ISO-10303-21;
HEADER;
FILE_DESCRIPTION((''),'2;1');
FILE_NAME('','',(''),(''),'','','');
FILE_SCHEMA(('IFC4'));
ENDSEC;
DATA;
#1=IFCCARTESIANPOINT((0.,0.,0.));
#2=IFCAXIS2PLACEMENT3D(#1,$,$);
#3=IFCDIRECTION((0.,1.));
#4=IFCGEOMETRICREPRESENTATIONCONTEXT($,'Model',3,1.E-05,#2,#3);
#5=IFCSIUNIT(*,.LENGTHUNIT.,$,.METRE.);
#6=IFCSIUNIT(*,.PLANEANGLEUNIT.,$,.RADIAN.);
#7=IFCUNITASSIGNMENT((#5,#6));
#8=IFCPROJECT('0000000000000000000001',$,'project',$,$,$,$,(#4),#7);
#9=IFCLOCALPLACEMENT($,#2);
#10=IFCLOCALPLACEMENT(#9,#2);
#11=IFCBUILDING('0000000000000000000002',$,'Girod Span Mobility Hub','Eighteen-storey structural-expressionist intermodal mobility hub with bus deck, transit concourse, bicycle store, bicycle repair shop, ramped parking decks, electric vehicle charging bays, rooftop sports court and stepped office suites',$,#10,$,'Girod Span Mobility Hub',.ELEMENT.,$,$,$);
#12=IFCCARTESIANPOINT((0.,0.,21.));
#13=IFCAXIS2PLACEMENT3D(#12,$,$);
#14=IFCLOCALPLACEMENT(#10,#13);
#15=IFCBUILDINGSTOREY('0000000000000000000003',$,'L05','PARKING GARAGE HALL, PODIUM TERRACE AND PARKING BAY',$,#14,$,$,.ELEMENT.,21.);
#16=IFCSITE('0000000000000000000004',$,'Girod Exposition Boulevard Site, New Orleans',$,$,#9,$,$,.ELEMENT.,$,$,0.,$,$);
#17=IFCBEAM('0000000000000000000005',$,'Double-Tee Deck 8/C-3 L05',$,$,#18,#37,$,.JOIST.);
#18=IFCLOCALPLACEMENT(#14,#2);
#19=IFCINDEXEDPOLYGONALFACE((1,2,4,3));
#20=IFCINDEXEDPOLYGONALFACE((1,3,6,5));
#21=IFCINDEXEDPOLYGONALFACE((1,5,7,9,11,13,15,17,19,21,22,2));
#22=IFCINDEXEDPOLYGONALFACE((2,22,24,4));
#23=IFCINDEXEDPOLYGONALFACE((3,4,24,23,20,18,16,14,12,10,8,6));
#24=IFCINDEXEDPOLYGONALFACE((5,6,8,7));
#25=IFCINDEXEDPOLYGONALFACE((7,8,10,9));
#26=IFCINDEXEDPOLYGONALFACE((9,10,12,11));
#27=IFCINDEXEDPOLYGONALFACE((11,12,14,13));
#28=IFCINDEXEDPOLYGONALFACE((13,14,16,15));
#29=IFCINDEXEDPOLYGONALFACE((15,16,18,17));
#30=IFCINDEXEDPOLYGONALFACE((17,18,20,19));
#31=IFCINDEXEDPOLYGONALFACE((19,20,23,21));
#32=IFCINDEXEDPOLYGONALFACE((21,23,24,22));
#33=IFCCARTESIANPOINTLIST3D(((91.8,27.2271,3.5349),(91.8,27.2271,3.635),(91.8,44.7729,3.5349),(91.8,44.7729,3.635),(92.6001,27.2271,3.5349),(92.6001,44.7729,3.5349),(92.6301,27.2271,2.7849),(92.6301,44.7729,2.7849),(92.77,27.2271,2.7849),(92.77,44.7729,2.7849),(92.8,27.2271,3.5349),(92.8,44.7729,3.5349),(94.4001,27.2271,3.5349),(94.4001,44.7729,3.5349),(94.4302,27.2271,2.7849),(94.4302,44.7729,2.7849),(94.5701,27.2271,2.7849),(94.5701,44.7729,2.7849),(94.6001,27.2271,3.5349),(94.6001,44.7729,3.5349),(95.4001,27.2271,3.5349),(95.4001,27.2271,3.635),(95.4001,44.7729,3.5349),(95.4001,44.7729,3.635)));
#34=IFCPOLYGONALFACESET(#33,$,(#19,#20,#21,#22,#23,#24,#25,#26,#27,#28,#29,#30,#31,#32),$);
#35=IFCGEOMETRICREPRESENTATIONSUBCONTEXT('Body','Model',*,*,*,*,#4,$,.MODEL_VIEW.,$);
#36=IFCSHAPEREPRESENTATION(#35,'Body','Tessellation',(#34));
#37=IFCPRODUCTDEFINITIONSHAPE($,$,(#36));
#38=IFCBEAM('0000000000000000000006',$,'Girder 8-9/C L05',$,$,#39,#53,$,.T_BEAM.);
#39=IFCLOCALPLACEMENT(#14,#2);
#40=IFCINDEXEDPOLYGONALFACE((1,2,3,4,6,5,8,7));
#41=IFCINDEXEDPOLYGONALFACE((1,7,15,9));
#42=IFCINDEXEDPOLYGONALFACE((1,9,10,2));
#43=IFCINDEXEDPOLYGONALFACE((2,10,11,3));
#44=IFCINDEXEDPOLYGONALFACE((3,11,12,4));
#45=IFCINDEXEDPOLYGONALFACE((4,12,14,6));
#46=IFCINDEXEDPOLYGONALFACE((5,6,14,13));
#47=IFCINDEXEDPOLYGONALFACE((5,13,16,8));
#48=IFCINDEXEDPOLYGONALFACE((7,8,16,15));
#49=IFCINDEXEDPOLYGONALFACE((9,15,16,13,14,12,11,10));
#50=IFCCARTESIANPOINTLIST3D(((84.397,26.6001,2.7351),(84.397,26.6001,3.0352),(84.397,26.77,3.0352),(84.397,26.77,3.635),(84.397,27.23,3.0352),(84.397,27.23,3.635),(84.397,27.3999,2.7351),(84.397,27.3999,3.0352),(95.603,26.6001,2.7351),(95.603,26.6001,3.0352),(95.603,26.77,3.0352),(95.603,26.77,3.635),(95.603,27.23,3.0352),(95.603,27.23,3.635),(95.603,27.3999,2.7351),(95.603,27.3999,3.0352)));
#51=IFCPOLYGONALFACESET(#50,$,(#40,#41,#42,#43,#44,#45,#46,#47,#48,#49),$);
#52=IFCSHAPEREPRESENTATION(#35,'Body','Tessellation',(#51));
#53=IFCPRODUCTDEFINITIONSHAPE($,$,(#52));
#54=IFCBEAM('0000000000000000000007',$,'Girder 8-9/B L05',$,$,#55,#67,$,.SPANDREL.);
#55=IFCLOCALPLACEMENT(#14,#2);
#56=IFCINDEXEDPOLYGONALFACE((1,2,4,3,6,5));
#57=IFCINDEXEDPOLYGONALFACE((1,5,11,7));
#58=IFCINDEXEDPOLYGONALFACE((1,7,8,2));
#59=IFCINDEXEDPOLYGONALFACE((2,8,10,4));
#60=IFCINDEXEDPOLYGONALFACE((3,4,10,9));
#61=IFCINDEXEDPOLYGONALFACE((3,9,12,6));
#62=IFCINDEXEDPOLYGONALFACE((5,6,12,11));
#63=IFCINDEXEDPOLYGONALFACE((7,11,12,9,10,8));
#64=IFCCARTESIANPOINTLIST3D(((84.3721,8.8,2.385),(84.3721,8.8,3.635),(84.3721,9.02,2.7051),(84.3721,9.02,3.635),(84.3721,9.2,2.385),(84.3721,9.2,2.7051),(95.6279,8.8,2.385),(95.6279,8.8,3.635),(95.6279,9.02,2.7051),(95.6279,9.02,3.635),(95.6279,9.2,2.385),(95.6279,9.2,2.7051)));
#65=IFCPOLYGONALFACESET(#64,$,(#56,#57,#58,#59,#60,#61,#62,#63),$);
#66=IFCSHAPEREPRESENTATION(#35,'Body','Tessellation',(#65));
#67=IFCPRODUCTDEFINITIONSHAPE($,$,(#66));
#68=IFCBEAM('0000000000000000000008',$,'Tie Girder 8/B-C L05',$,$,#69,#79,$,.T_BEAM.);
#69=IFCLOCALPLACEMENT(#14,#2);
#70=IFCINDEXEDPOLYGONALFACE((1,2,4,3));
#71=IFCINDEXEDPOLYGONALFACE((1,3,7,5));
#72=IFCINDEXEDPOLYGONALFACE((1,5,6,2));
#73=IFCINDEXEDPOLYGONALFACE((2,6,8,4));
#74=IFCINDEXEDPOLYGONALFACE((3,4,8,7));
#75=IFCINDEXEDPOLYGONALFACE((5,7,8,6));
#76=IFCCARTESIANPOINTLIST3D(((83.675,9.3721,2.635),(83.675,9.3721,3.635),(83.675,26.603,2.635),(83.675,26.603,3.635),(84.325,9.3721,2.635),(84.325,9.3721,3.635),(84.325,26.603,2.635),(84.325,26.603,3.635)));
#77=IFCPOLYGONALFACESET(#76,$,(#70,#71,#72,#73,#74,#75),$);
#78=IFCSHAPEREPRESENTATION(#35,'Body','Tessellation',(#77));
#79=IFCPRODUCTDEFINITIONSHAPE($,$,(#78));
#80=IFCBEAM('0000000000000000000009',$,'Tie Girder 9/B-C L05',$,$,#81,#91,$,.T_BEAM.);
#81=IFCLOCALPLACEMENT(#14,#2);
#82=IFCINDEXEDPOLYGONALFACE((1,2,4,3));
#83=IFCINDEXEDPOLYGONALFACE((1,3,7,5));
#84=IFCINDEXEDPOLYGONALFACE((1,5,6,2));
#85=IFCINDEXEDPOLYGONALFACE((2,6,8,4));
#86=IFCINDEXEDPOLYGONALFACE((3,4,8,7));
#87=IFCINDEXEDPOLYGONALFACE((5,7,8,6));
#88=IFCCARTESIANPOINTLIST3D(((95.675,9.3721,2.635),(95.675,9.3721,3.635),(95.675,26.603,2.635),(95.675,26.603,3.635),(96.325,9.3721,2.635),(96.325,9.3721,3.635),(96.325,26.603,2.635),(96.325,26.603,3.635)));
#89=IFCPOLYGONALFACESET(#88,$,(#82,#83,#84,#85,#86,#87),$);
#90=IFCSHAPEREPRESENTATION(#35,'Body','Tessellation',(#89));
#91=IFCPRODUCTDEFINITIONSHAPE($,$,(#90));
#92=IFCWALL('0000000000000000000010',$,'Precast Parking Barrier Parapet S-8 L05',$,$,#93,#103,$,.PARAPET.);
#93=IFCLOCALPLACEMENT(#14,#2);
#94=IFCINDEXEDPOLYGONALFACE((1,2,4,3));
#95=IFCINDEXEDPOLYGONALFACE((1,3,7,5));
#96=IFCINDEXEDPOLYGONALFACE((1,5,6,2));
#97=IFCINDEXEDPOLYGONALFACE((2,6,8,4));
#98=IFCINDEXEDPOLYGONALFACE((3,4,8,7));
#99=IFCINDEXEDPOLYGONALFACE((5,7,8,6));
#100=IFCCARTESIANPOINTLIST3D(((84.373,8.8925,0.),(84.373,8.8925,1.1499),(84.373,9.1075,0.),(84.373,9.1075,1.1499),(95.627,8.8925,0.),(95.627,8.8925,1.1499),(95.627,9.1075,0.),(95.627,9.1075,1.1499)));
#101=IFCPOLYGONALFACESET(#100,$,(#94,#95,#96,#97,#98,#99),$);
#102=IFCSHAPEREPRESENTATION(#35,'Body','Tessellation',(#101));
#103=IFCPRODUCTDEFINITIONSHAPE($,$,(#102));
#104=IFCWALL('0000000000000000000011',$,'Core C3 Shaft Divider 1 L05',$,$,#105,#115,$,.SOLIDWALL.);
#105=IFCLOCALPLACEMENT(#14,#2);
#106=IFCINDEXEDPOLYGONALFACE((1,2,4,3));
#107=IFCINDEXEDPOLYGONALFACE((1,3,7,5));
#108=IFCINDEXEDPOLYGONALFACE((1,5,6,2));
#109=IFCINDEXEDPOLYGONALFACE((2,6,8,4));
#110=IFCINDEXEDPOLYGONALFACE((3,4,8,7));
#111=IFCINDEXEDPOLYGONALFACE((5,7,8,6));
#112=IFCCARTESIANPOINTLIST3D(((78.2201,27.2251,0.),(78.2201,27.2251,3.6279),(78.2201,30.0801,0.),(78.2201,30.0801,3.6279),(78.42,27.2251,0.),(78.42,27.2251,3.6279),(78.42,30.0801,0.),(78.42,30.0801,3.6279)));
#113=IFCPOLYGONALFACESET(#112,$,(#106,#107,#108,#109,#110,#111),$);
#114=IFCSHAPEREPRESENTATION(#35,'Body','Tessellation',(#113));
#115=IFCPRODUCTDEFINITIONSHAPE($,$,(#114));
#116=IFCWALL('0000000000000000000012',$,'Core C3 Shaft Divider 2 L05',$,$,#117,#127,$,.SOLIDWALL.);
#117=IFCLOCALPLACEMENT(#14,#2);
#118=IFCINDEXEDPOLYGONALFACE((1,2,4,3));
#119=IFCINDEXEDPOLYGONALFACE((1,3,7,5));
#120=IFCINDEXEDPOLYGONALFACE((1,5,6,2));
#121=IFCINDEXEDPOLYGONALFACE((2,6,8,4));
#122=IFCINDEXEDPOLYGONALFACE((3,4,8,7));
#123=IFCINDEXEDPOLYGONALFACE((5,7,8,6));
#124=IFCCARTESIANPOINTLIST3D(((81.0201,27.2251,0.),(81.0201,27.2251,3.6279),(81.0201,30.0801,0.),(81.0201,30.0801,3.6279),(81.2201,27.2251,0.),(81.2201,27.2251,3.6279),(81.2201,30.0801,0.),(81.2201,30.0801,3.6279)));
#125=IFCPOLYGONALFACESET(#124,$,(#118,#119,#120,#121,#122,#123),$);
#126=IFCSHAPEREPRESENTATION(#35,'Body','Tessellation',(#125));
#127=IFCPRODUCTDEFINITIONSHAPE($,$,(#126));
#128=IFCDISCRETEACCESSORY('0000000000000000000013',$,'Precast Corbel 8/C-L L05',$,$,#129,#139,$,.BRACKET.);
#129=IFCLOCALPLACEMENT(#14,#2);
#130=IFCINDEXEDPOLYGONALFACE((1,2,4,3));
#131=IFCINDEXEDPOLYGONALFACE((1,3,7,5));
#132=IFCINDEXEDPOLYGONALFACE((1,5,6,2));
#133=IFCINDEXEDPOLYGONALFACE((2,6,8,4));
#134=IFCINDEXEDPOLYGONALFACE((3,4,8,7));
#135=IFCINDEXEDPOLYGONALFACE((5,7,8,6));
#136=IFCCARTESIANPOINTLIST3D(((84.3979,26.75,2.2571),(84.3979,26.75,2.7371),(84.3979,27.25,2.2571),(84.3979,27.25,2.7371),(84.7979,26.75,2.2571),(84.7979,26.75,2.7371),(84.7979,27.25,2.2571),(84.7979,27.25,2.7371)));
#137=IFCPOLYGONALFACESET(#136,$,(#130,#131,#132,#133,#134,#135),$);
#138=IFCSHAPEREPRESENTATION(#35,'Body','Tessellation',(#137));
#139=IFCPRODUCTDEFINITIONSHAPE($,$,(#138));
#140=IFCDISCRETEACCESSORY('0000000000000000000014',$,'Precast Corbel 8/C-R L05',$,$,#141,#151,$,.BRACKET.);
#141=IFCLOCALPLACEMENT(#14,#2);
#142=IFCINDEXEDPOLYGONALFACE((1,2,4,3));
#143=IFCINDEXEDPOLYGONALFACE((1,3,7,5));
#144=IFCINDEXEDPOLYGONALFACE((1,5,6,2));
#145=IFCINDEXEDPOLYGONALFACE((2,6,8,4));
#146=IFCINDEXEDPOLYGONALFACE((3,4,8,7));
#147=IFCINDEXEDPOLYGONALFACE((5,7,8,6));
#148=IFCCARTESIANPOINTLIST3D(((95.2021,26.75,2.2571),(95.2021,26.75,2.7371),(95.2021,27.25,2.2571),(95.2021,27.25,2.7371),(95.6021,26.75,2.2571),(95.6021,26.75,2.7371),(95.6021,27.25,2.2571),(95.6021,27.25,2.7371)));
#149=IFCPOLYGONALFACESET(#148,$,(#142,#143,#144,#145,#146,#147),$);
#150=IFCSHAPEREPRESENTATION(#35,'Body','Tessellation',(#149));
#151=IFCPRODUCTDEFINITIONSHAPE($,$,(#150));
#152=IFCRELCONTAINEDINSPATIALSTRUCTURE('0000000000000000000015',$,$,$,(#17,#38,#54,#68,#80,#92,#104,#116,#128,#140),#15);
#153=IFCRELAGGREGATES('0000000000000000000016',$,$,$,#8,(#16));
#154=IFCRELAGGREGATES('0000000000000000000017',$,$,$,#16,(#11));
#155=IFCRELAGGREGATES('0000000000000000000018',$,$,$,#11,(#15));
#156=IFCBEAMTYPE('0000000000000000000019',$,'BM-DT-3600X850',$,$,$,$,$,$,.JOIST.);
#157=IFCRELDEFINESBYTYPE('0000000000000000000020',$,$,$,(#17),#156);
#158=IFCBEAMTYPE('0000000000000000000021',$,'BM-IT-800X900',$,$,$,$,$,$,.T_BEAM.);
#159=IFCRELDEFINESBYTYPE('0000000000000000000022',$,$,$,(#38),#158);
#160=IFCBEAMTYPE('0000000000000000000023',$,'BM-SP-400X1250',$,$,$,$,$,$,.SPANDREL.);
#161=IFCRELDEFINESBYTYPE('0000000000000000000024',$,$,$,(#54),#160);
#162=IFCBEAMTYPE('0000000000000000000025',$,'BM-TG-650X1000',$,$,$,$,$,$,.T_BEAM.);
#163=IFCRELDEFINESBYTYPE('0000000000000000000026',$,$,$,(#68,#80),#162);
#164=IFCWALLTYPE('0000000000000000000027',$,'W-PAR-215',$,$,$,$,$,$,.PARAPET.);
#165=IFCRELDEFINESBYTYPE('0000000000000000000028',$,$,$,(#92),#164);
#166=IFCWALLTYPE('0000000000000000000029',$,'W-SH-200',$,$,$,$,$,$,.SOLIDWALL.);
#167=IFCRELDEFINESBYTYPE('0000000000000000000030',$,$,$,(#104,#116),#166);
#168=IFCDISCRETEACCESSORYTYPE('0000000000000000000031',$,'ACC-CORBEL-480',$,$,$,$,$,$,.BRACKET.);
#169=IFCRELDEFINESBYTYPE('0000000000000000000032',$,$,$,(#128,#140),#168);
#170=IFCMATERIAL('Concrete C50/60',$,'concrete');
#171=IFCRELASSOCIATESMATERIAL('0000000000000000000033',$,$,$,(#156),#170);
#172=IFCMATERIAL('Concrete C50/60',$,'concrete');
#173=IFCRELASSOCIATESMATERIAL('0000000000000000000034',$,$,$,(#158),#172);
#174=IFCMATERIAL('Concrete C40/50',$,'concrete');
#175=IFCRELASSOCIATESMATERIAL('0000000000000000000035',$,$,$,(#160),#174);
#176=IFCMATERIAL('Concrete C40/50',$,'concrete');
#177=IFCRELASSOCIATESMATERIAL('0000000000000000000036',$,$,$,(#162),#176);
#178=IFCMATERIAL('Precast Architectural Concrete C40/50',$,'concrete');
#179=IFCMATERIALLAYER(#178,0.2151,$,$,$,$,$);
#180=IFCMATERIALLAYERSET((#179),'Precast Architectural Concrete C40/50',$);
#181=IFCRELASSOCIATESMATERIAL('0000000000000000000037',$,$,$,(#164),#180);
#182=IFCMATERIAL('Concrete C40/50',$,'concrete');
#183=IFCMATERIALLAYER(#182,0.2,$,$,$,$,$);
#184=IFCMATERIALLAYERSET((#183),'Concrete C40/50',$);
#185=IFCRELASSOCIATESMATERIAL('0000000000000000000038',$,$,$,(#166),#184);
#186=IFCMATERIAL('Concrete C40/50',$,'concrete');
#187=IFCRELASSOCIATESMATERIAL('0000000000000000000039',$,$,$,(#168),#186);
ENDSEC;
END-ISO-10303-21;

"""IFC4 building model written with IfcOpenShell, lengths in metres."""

from ifc_helpers import new_model, si_unit, direction, frame, frame_2d, origin, origin_2d, place, context, subcontext, project, spatial, polyline, rectangle, outline, extrude, material, layer, layer_set, material_profile, profile_set, type_object, element, save


model = new_model("IFC4")

# Units and contexts
model_context = context("Model", 3, precision=1e-05, world=origin(), true_north=direction((0.0, 1.0)))
body_context = subcontext(model_context, "Body", "Model", "MODEL_VIEW")
ifc_project = project(units=[si_unit("LENGTHUNIT", "METRE"), si_unit("PLANEANGLEUNIT", "RADIAN")], contexts=[model_context])

# Site, building, storey
site_placement = place(None, origin())
site = spatial("IfcSite", under=ifc_project, at=site_placement, Name="Girod Exposition Boulevard Site, New Orleans", CompositionType="ELEMENT", RefElevation=0.0)
building_placement = place(site_placement, origin())
building = spatial("IfcBuilding", under=site, at=building_placement, Name="Girod Span Mobility Hub", Description="Eighteen-storey structural-expressionist intermodal mobility hub with bus deck, transit concourse, bicycle store, bicycle repair shop, ramped parking decks, electric vehicle charging bays, rooftop sports court and stepped office suites", LongName="Girod Span Mobility Hub", CompositionType="ELEMENT")
storey_placement = place(building_placement, frame((0.0, 0.0, 21.0)))
storey = spatial("IfcBuildingStorey", under=building, at=storey_placement, Name="L05", Description="PARKING GARAGE HALL, PODIUM TERRACE AND PARKING BAY", CompositionType="ELEMENT", Elevation=21.0)

# Beams
ifc_material_1 = material(Name="Concrete C50/60", Category="concrete")
ifc_material_profile_1 = material_profile(ifc_material_1, outline(polyline([(-1.8, 0.425), (-1.8, 0.325), (-1.0, 0.325), (-0.97, -0.425), (-0.8301, -0.425), (-0.8, 0.325), (0.8, 0.325), (0.8301, -0.425), (0.97, -0.425), (1.0, 0.325), (1.8, 0.325), (1.8, 0.425), (-1.8, 0.425)])), Name="DT-3600X850")
ifc_profile_set_1 = profile_set([ifc_material_profile_1], Name="Concrete C50/60")
beam_type_1 = type_object("IfcBeamType", Name="BM-DT-3600X850", PredefinedType="JOIST", material=ifc_profile_set_1)
for number, where, z_axis, x_axis, name in (
    (1, (93.6001, 27.2271, 3.21), (0.0, 1.0, 0.0), (-1.0, 0.0, 0.0), "Double-Tee Deck 8/C-3 L05"),
):
    element("IfcBeam", number, at=place(storey_placement, frame(where, z_axis=z_axis, x_axis=x_axis)), inside=storey, type_object=beam_type_1, Name=name, PredefinedType="JOIST", context=body_context, shape_type="SweptSolid", body=[
        extrude(outline(polyline([(-1.8, 0.425), (-1.8, 0.325), (-1.0, 0.325), (-0.97, -0.425), (-0.8301, -0.425), (-0.8, 0.325), (0.8, 0.325), (0.8301, -0.425), (0.97, -0.425), (1.0, 0.325), (1.8, 0.325), (1.8, 0.425), (-1.8, 0.425)])), origin(), (0.0, 0.0, 1.0), 17.5459),
    ])
ifc_material_2 = material(Name="Concrete C50/60", Category="concrete")
ifc_material_profile_2 = material_profile(ifc_material_2, outline(polyline([(-0.3999, -0.45), (0.3999, -0.45), (0.3999, -0.1499), (0.23, -0.1499), (0.23, 0.45), (-0.23, 0.45), (-0.23, -0.1499), (-0.3999, -0.1499), (-0.3999, -0.45)])), Name="IT-800X900")
ifc_profile_set_2 = profile_set([ifc_material_profile_2], Name="Concrete C50/60")
beam_type_2 = type_object("IfcBeamType", Name="BM-IT-800X900", PredefinedType="T_BEAM", material=ifc_profile_set_2)
beam_1_placement = place(storey_placement, frame((84.397, 27.0, 3.1851), z_axis=(1.0, 0.0, 0.0), x_axis=(0.0, 1.0, 0.0)))
element("IfcBeam", 2, at=beam_1_placement, inside=storey, type_object=beam_type_2, Name="Girder 8-9/C L05", PredefinedType="T_BEAM", context=body_context, shape_type="SweptSolid", body=[
    extrude(outline(polyline([(-0.3999, -0.45), (0.3999, -0.45), (0.3999, -0.1499), (0.23, -0.1499), (0.23, 0.45), (-0.23, 0.45), (-0.23, -0.1499), (-0.3999, -0.1499), (-0.3999, -0.45)])), origin(), (0.0, 0.0, 1.0), 11.2061),
])
ifc_material_3 = material(Name="Concrete C40/50", Category="concrete")
ifc_material_profile_3 = material_profile(ifc_material_3, outline(polyline([(-0.2, -0.625), (0.2, -0.625), (0.2, -0.3049), (0.02, -0.3049), (0.02, 0.625), (-0.2, 0.625), (-0.2, -0.625)])), Name="SP-400X1250")
ifc_profile_set_3 = profile_set([ifc_material_profile_3], Name="Concrete C40/50")
beam_type_3 = type_object("IfcBeamType", Name="BM-SP-400X1250", PredefinedType="SPANDREL", material=ifc_profile_set_3)
beam_2_placement = place(storey_placement, frame((84.3721, 9.0, 3.01), z_axis=(1.0, 0.0, 0.0), x_axis=(0.0, 1.0, 0.0)))
element("IfcBeam", 3, at=beam_2_placement, inside=storey, type_object=beam_type_3, Name="Girder 8-9/B L05", PredefinedType="SPANDREL", context=body_context, shape_type="SweptSolid", body=[
    extrude(outline(polyline([(-0.2, -0.625), (0.2, -0.625), (0.2, -0.3049), (0.02, -0.3049), (0.02, 0.625), (-0.2, 0.625), (-0.2, -0.625)])), origin(), (0.0, 0.0, 1.0), 11.2559),
])
ifc_material_4 = material(Name="Concrete C40/50", Category="concrete")
ifc_material_profile_4 = material_profile(ifc_material_4, rectangle(XDim=0.6499, YDim=1.0, at=origin_2d()), Name="TG-650X1000")
ifc_profile_set_4 = profile_set([ifc_material_profile_4], Name="Concrete C40/50")
beam_type_4 = type_object("IfcBeamType", Name="BM-TG-650X1000", PredefinedType="T_BEAM", material=ifc_profile_set_4)
for number, where, z_axis, x_axis, name in (
    (4, (84.0, 9.3721, 3.135), (0.0, 1.0, 0.0), (-1.0, 0.0, 0.0), "Tie Girder 8/B-C L05"),
    (5, (96.0, 9.3721, 3.135), (0.0, 1.0, 0.0), (-1.0, 0.0, 0.0), "Tie Girder 9/B-C L05"),
):
    element("IfcBeam", number, at=place(storey_placement, frame(where, z_axis=z_axis, x_axis=x_axis)), inside=storey, type_object=beam_type_4, Name=name, PredefinedType="T_BEAM", context=body_context, shape_type="SweptSolid", body=[
        extrude(rectangle(XDim=0.6499, YDim=1.0, at=origin_2d()), origin(), (0.0, 0.0, 1.0), 17.231),
    ])

# Walls
ifc_material_5 = material(Name="Precast Architectural Concrete C40/50", Category="concrete")
ifc_layer_1 = layer(ifc_material_5, 0.2151)
ifc_layer_set_1 = layer_set([ifc_layer_1], Name="Precast Architectural Concrete C40/50")
wall_type_1 = type_object("IfcWallType", Name="W-PAR-215", PredefinedType="PARAPET", material=ifc_layer_set_1)
wall_placement = place(storey_placement, frame((84.373, 9.0, 0.0), z_axis=(0.0, 0.0, 1.0), x_axis=(1.0, 0.0, 0.0)))
element("IfcWall", 6, at=wall_placement, inside=storey, type_object=wall_type_1, Name="Precast Parking Barrier Parapet S-8 L05", PredefinedType="PARAPET", context=body_context, shape_type="SweptSolid", body=[
    extrude(rectangle(XDim=11.2539, YDim=0.2151, at=frame_2d((5.627, 0.0))), origin(), (0.0, 0.0, 1.0), 1.1499),
])
ifc_material_6 = material(Name="Concrete C40/50", Category="concrete")
ifc_layer_2 = layer(ifc_material_6, 0.2)
ifc_layer_set_2 = layer_set([ifc_layer_2], Name="Concrete C40/50")
wall_type_2 = type_object("IfcWallType", Name="W-SH-200", PredefinedType="SOLIDWALL", material=ifc_layer_set_2)
for number, where, z_axis, x_axis, name in (
    (7, (78.3201, 27.2251, 0.0), (0.0, 0.0, 1.0), (0.0, 1.0, 0.0), "Core C3 Shaft Divider 1 L05"),
    (8, (81.1201, 27.2251, 0.0), (0.0, 0.0, 1.0), (0.0, 1.0, 0.0), "Core C3 Shaft Divider 2 L05"),
):
    element("IfcWall", number, at=place(storey_placement, frame(where, z_axis=z_axis, x_axis=x_axis)), inside=storey, type_object=wall_type_2, Name=name, PredefinedType="SOLIDWALL", context=body_context, shape_type="SweptSolid", body=[
        extrude(rectangle(XDim=2.855, YDim=0.2, at=frame_2d((1.4275, 0.0))), origin(), (0.0, 0.0, 1.0), 3.6279),
    ])

# Discrete accessories
ifc_material_7 = material(Name="Concrete C40/50", Category="concrete")
discrete_accessory_type = type_object("IfcDiscreteAccessoryType", Name="ACC-CORBEL-480", PredefinedType="BRACKET", material=ifc_material_7)
for number, where, z_axis, x_axis, name in (
    (9, (84.5979, 27.0, 2.2571), (0.0, 0.0, 1.0), (1.0, 0.0, 0.0), "Precast Corbel 8/C-L L05"),
    (10, (95.4021, 27.0, 2.2571), (0.0, 0.0, 1.0), (1.0, 0.0, 0.0), "Precast Corbel 8/C-R L05"),
):
    element("IfcDiscreteAccessory", number, at=place(storey_placement, frame(where, z_axis=z_axis, x_axis=x_axis)), inside=storey, type_object=discrete_accessory_type, Name=name, PredefinedType="BRACKET", context=body_context, shape_type="SweptSolid", body=[
        extrude(rectangle(XDim=0.3999, YDim=0.5, at=origin_2d()), origin(), (0.0, 0.0, 1.0), 0.48),
    ])

save(model, "model.ifc")
